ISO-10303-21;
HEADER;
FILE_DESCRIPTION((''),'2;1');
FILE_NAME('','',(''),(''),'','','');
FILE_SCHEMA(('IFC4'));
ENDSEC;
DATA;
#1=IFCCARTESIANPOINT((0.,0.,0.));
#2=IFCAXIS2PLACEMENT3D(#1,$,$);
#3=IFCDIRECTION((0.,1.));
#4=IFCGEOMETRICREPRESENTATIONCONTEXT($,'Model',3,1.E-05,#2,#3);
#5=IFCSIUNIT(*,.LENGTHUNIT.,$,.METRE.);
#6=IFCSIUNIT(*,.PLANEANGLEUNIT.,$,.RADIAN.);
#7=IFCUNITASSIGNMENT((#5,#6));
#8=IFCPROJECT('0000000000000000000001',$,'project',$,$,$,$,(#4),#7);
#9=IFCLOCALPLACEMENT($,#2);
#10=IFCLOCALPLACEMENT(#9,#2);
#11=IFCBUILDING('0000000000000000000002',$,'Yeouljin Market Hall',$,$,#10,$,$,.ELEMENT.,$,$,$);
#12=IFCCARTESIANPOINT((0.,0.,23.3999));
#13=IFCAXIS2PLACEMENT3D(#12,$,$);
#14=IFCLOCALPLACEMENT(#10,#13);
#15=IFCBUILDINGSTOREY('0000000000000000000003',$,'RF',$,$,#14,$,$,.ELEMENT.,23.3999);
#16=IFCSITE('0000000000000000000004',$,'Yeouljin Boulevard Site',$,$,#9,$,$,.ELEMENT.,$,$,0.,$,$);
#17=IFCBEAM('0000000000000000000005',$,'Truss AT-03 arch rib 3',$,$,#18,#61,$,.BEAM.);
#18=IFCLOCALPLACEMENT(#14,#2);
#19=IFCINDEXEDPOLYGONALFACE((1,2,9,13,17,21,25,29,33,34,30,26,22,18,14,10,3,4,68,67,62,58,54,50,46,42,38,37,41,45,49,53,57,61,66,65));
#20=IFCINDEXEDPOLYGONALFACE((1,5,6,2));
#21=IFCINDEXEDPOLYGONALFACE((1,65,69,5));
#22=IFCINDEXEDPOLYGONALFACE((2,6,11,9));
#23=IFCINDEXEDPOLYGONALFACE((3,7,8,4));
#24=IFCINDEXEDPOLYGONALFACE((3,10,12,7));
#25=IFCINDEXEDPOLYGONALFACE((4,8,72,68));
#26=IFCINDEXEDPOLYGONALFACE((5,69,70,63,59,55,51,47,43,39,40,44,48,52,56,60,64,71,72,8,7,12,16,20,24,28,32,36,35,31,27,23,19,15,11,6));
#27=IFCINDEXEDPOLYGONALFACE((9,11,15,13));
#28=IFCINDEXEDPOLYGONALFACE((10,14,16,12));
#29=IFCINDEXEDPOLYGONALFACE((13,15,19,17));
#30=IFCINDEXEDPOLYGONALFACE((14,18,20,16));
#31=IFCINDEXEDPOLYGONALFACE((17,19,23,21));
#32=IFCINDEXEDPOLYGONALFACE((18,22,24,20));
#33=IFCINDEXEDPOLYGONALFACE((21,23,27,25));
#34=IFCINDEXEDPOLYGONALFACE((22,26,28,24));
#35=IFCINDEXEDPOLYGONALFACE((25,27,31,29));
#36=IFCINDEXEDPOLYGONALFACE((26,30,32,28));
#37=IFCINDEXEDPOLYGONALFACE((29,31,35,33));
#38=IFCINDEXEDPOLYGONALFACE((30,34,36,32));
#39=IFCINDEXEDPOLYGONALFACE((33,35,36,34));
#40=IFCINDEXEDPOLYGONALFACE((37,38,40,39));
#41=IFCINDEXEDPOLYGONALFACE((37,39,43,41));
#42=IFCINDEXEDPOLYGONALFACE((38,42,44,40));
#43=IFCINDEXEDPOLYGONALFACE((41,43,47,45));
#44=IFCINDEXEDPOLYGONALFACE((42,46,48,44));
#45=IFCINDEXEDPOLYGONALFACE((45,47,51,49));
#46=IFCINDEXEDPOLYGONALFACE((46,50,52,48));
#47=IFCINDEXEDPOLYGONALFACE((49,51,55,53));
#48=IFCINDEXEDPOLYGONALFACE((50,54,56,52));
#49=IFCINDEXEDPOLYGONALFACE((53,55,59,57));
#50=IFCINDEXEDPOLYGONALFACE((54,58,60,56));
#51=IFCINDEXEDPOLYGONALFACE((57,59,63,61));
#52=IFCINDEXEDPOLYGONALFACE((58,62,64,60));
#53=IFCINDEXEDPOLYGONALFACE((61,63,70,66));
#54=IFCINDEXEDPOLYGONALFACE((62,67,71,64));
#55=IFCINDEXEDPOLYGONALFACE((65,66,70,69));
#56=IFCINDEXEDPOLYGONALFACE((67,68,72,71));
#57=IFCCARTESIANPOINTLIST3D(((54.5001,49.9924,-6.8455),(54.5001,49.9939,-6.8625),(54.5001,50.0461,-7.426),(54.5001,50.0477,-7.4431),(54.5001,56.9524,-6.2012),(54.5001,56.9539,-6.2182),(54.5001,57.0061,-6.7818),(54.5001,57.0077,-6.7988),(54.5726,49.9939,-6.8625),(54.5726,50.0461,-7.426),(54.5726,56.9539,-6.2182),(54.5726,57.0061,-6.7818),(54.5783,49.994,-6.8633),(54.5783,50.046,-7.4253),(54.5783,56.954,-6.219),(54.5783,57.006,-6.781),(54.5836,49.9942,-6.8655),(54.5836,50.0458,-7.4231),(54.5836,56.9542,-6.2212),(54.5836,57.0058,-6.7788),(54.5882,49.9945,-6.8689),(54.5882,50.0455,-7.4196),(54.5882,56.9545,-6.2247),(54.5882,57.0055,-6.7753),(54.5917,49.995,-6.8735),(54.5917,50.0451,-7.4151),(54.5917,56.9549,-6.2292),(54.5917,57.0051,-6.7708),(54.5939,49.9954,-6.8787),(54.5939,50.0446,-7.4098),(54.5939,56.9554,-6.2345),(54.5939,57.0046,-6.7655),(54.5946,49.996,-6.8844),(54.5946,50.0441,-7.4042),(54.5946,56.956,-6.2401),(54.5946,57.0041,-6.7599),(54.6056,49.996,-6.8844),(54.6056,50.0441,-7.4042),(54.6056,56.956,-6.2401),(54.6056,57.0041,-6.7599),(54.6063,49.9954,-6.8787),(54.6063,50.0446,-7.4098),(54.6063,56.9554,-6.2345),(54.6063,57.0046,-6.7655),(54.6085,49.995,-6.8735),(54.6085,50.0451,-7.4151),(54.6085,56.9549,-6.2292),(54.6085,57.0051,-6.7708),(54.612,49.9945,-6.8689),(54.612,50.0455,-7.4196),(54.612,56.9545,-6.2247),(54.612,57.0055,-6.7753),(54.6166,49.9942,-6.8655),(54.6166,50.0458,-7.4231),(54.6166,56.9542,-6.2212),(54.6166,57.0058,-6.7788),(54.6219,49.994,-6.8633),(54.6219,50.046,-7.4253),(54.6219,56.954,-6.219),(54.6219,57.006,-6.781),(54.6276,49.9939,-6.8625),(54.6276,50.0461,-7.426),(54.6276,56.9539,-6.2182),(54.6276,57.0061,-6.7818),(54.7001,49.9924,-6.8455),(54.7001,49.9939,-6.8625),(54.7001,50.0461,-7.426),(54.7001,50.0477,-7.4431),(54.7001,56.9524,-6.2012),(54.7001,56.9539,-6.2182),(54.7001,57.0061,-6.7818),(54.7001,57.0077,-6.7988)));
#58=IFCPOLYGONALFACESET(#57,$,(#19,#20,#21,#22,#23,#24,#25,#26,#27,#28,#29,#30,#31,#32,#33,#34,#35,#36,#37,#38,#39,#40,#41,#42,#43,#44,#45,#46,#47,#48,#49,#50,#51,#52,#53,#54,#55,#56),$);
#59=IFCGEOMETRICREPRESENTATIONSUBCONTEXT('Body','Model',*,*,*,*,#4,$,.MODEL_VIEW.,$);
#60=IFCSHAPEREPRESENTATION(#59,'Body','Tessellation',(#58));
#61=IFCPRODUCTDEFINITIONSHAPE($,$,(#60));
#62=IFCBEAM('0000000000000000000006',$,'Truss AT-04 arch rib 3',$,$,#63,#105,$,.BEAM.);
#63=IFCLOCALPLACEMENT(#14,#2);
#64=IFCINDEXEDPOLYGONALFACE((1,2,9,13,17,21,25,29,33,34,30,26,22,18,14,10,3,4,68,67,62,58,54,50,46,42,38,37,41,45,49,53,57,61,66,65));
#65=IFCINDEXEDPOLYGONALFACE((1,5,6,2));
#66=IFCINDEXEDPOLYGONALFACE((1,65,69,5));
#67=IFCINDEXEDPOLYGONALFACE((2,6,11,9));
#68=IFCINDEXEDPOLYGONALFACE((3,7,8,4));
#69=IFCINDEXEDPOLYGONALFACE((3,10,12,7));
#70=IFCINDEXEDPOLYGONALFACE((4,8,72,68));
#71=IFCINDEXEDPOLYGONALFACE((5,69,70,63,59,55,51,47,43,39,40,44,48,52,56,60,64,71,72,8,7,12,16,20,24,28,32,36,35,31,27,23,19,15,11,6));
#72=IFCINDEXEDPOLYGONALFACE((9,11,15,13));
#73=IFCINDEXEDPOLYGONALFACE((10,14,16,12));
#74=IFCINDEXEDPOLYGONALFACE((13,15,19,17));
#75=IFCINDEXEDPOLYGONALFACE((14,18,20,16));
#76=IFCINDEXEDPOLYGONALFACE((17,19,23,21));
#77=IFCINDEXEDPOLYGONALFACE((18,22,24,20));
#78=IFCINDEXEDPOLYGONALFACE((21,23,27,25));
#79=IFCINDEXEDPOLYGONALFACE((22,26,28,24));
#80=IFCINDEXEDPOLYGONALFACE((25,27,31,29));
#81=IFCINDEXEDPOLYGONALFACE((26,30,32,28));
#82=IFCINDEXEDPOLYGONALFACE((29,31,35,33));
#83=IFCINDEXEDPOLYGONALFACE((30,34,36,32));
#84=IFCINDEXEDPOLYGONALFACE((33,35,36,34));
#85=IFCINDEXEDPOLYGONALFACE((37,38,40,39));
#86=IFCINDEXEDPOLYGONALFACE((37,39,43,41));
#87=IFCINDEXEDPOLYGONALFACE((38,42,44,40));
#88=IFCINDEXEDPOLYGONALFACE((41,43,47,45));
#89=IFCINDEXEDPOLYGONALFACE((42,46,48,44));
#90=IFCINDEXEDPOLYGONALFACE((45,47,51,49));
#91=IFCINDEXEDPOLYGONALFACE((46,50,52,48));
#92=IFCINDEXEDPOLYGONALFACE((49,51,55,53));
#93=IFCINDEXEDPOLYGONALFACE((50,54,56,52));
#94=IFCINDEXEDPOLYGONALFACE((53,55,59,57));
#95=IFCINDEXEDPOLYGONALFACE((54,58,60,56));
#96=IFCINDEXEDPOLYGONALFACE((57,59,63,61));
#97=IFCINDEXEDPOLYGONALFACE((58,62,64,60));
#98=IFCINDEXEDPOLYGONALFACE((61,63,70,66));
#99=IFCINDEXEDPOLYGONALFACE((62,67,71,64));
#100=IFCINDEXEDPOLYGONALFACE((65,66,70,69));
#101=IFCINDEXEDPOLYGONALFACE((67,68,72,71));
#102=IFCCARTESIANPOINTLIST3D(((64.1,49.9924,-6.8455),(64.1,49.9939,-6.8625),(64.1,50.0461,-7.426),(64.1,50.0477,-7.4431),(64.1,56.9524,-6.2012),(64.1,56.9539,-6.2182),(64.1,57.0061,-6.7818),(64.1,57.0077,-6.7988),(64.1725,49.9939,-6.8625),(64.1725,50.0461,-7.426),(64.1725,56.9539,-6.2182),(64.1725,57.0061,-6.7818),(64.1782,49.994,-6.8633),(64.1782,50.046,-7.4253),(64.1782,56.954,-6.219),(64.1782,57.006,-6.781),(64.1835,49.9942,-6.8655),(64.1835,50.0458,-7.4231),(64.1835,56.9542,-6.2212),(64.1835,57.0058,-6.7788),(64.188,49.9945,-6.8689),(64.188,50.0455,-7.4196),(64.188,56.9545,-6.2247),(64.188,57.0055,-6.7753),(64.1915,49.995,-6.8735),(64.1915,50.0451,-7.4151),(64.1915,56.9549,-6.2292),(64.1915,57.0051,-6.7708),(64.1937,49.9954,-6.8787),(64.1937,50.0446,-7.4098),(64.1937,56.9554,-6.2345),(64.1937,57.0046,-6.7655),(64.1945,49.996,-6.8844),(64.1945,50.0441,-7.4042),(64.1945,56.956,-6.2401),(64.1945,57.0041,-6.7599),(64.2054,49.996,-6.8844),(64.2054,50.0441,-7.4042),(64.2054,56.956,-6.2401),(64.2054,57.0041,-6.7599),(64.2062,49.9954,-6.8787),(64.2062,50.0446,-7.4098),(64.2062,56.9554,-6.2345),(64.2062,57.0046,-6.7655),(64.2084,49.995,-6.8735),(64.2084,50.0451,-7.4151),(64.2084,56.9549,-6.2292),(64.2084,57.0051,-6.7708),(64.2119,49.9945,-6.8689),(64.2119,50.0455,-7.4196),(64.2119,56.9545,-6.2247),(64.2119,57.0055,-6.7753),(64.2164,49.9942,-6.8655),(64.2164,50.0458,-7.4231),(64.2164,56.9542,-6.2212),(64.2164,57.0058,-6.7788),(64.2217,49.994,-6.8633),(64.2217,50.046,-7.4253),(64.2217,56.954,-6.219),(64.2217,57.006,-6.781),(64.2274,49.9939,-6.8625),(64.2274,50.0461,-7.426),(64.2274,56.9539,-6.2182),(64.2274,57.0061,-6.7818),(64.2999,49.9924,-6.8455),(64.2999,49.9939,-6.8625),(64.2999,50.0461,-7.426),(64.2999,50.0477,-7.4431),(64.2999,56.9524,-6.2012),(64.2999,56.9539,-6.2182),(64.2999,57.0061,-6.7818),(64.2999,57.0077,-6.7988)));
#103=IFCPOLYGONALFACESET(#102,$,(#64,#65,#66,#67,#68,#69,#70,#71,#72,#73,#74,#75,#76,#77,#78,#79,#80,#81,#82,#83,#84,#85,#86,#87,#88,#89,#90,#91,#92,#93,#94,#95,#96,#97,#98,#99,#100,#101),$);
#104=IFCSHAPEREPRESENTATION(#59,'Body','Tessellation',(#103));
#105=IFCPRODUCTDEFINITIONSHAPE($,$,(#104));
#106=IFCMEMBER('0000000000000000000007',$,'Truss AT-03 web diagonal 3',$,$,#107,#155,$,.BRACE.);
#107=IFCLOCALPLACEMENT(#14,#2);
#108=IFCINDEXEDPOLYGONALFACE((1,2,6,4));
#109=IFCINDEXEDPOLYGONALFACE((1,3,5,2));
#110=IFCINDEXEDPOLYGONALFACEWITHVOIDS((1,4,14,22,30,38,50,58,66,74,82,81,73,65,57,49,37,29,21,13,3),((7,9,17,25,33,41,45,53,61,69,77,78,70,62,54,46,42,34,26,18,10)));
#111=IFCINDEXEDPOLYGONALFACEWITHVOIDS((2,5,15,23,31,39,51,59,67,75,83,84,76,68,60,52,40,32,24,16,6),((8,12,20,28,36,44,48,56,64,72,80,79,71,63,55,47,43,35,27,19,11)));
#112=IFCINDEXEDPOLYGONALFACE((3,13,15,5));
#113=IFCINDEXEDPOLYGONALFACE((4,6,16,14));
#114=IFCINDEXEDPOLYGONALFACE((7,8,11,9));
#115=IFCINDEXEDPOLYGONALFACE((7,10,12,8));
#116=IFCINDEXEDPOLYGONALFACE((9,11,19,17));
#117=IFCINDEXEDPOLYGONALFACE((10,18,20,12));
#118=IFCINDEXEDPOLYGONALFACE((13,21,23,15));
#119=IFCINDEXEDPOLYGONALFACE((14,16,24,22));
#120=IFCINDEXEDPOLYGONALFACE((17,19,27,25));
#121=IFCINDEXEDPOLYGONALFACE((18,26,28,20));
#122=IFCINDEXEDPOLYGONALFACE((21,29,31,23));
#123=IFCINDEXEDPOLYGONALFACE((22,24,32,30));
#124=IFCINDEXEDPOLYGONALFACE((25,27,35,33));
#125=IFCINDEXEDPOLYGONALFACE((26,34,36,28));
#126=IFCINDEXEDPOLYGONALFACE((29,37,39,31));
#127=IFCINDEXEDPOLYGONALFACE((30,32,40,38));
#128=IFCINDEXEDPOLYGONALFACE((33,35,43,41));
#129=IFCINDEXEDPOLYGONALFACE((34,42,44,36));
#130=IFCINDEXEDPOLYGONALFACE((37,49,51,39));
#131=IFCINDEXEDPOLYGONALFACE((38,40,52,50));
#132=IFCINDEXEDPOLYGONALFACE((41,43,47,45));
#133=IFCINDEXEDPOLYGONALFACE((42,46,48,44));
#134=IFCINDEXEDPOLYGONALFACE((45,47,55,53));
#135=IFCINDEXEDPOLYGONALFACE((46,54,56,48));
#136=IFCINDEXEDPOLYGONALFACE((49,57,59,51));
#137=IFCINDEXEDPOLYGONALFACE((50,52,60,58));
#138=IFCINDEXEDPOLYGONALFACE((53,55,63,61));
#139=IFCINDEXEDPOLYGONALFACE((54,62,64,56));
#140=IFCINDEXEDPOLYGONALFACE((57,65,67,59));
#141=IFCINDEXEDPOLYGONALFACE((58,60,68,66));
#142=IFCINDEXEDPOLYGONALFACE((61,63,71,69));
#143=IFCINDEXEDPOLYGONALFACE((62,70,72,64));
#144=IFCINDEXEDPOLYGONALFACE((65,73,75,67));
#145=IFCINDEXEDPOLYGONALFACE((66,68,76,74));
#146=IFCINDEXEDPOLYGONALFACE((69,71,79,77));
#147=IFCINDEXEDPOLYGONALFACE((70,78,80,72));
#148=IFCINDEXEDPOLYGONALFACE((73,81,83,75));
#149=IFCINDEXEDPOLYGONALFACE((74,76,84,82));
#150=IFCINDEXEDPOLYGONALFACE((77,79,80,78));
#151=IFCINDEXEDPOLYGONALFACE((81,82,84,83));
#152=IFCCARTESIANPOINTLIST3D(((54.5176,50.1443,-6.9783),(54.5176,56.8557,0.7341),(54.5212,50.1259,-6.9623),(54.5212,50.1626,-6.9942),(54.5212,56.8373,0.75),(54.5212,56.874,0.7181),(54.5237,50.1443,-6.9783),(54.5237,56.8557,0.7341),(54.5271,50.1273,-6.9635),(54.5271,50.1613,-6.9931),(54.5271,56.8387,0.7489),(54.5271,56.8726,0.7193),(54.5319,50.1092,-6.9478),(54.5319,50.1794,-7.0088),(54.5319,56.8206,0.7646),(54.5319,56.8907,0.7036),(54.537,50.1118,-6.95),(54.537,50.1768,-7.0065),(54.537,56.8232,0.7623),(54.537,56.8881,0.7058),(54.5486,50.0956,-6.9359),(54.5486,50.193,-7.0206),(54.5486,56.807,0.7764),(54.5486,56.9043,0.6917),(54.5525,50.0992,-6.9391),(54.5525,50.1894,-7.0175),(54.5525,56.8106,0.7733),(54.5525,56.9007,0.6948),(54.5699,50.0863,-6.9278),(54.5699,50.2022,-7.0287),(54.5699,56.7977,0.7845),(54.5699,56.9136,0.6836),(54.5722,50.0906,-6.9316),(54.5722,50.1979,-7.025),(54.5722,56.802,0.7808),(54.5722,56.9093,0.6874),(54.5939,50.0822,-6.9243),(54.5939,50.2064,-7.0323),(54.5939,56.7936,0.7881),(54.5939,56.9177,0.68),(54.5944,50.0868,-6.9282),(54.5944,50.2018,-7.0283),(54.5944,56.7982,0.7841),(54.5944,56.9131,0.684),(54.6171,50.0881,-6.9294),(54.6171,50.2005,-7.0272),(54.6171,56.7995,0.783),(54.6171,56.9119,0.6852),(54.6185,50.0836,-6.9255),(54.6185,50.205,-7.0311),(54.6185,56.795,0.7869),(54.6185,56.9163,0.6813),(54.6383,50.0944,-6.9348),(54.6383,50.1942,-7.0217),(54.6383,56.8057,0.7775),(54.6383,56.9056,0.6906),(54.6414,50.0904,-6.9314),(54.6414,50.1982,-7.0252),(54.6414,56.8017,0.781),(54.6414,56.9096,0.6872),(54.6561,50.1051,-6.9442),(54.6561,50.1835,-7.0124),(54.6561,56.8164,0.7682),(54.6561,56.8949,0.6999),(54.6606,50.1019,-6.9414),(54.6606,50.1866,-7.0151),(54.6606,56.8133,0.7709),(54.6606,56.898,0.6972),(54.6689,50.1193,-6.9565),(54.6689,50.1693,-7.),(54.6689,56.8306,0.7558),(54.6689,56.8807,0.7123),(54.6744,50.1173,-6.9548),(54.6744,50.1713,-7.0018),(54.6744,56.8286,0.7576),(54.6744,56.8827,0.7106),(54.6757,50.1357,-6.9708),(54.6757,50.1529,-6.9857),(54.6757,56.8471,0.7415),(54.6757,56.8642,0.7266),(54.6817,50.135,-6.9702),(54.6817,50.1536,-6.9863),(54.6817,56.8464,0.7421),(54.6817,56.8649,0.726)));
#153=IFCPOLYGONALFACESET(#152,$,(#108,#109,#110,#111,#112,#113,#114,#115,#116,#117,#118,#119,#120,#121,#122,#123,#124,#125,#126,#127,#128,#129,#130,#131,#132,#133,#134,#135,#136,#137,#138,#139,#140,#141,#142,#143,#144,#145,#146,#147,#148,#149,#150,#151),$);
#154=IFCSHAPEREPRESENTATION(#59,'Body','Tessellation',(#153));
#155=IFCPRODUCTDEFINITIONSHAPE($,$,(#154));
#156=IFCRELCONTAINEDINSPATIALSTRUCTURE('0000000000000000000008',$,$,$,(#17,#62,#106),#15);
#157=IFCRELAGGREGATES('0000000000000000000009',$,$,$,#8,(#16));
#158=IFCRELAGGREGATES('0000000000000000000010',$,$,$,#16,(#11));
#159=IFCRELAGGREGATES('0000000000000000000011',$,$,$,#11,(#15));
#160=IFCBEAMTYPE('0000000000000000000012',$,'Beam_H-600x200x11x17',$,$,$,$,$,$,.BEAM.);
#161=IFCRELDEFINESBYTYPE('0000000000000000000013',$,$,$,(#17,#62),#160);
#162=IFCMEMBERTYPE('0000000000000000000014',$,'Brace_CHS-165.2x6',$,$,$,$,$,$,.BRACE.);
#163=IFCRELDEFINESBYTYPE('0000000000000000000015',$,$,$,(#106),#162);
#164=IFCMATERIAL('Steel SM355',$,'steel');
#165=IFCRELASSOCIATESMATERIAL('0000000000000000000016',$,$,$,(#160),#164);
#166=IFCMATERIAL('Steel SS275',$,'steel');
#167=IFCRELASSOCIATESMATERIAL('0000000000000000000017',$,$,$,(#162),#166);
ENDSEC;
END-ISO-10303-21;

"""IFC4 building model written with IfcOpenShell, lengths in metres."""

from ifc_helpers import new_model, si_unit, direction, frame, origin, origin_2d, place, context, subcontext, project, spatial, hollow_circle, i_section, extrude, material, material_profile, profile_set, type_object, element, save


model = new_model("IFC4")

# Units and contexts
model_context = context("Model", 3, precision=1e-05, world=origin(), true_north=direction((0.0, 1.0)))
body_context = subcontext(model_context, "Body", "Model", "MODEL_VIEW")
ifc_project = project(units=[si_unit("LENGTHUNIT", "METRE"), si_unit("PLANEANGLEUNIT", "RADIAN")], contexts=[model_context])

# Site, building, storey
site_placement = place(None, origin())
site = spatial("IfcSite", under=ifc_project, at=site_placement, Name="Yeouljin Boulevard Site", CompositionType="ELEMENT", RefElevation=0.0)
building_placement = place(site_placement, origin())
building = spatial("IfcBuilding", under=site, at=building_placement, Name="Yeouljin Market Hall", CompositionType="ELEMENT")
storey_placement = place(building_placement, frame((0.0, 0.0, 23.3999)))
storey = spatial("IfcBuildingStorey", under=building, at=storey_placement, Name="RF", CompositionType="ELEMENT", Elevation=23.3999)

# Beams
ifc_material_1 = material(Name="Steel SM355", Category="steel")
ifc_material_profile_1 = material_profile(ifc_material_1, i_section(OverallWidth=0.2, OverallDepth=0.6001, WebThickness=0.011, FlangeThickness=0.0171, FilletRadius=0.022, at=origin_2d()), Name="H-600x200x11x17")
ifc_profile_set_1 = profile_set([ifc_material_profile_1], Name="Steel SM355")
beam_type = type_object("IfcBeamType", Name="Beam_H-600x200x11x17", PredefinedType="BEAM", material=ifc_profile_set_1)
for number, where, z_axis, x_axis, name in (
    (1, (54.6001, 50.02, -7.1443), (0.0, 0.995743, 0.092176), (-1.0, 0.0, 0.0), "Truss AT-03 arch rib 3"),
    (2, (64.2, 50.02, -7.1443), (0.0, 0.995743, 0.092176), (-1.0, 0.0, 0.0), "Truss AT-04 arch rib 3"),
):
    element("IfcBeam", number, at=place(storey_placement, frame(where, z_axis=z_axis, x_axis=x_axis)), inside=storey, type_object=beam_type, Name=name, PredefinedType="BEAM", context=body_context, shape_type="SweptSolid", body=[
        extrude(i_section(OverallWidth=0.2, OverallDepth=0.6001, WebThickness=0.011, FlangeThickness=0.0171, FilletRadius=0.022, at=origin_2d()), origin(), (0.0, 0.0, 1.0), 6.9897),
    ])

# Member
ifc_material_2 = material(Name="Steel SS275", Category="steel")
ifc_material_profile_2 = material_profile(ifc_material_2, hollow_circle(Radius=0.0825, WallThickness=0.0061, at=origin_2d()), Name="CHS-165.2x6")
ifc_profile_set_2 = profile_set([ifc_material_profile_2], Name="Steel SS275")
member_type_1 = type_object("IfcMemberType", Name="Brace_CHS-165.2x6", PredefinedType="BRACE", material=ifc_profile_set_2)
member_1_placement = place(storey_placement, frame((54.6001, 50.1443, -6.9783), z_axis=(0.0, 0.656457, 0.754364), x_axis=(-1.0, 0.0, 0.0)))
element("IfcMember", 3, at=member_1_placement, inside=storey, type_object=member_type_1, Name="Truss AT-03 web diagonal 3", PredefinedType="BRACE", context=body_context, shape_type="SweptSolid", body=[
    extrude(hollow_circle(Radius=0.0825, WallThickness=0.0061, at=origin_2d()), origin(), (0.0, 0.0, 1.0), 10.2236),
])

save(model, "model.ifc")
